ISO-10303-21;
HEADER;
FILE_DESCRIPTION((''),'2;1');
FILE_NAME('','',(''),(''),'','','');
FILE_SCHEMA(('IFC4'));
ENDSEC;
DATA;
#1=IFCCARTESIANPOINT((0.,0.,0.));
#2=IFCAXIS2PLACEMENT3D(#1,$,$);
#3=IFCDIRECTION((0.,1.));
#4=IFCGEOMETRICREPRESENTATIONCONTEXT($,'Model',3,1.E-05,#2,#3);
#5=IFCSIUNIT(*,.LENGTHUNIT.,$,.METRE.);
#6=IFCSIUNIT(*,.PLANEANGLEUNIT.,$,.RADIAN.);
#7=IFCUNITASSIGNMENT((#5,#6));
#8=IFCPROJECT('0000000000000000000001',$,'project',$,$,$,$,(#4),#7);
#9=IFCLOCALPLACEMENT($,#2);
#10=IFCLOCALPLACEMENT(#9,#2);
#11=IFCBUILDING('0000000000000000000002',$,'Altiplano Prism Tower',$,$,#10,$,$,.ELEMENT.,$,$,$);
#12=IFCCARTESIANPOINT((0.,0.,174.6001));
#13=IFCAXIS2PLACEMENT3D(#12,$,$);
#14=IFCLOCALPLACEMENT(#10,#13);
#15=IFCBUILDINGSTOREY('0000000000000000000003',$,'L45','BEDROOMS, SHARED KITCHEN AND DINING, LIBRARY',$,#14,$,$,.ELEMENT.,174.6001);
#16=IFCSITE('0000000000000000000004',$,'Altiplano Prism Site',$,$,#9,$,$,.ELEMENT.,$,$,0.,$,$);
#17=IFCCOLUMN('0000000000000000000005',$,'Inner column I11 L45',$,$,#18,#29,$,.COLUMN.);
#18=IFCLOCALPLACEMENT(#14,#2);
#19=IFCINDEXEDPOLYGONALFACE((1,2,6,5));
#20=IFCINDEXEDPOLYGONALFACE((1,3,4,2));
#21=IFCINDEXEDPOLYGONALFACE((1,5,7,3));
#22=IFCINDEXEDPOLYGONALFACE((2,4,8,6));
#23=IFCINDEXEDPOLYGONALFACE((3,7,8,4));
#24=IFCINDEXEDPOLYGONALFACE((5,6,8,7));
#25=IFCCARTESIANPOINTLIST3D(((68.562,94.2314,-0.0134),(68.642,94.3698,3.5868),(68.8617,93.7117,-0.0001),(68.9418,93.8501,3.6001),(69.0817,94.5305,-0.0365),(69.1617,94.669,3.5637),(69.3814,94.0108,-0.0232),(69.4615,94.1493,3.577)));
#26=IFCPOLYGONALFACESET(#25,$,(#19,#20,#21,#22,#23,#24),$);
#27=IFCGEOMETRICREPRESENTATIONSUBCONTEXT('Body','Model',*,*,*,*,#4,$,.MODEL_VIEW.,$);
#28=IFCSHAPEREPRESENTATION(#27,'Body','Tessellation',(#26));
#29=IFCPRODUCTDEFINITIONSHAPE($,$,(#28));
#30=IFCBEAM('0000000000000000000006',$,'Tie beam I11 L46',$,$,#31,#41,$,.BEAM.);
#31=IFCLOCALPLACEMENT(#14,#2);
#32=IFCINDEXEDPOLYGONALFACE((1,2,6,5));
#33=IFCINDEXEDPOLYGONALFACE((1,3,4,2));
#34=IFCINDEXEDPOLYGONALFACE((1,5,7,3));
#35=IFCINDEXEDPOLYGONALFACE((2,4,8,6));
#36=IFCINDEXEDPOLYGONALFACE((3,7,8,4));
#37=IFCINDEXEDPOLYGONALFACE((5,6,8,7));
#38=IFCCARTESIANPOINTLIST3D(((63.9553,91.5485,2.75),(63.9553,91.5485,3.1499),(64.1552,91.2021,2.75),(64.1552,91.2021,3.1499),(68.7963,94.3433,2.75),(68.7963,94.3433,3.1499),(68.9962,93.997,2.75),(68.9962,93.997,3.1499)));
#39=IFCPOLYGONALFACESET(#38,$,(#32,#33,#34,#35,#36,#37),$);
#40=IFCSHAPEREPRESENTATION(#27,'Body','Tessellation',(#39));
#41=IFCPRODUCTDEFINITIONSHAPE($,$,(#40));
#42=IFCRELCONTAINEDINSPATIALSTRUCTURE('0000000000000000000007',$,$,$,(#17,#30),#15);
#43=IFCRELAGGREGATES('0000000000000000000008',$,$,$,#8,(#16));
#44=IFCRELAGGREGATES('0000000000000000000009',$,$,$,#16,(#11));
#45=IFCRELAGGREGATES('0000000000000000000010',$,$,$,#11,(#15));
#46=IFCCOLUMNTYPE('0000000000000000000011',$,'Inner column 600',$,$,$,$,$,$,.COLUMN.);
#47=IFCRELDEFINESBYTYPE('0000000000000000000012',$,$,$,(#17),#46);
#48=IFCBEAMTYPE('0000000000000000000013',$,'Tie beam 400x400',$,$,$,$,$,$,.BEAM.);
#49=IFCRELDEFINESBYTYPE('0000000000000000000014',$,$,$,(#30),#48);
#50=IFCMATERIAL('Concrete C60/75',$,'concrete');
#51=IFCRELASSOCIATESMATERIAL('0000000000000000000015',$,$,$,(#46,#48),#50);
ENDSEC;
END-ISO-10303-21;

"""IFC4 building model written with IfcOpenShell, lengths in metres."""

from ifc_helpers import new_model, si_unit, direction, frame, origin, origin_2d, place, context, subcontext, project, spatial, rectangle, extrude, material, material_profile, profile_set, type_object, element, save


model = new_model("IFC4")

# Units and contexts
model_context = context("Model", 3, precision=1e-05, world=origin(), true_north=direction((0.0, 1.0)))
body_context = subcontext(model_context, "Body", "Model", "MODEL_VIEW")
ifc_project = project(units=[si_unit("LENGTHUNIT", "METRE"), si_unit("PLANEANGLEUNIT", "RADIAN")], contexts=[model_context])

# Site, building, storey
site_placement = place(None, origin())
site = spatial("IfcSite", under=ifc_project, at=site_placement, Name="Altiplano Prism Site", CompositionType="ELEMENT", RefElevation=0.0)
building_placement = place(site_placement, origin())
building = spatial("IfcBuilding", under=site, at=building_placement, Name="Altiplano Prism Tower", CompositionType="ELEMENT")
storey_placement = place(building_placement, frame((0.0, 0.0, 174.6001)))
storey = spatial("IfcBuildingStorey", under=building, at=storey_placement, Name="L45", Description="BEDROOMS, SHARED KITCHEN AND DINING, LIBRARY", CompositionType="ELEMENT", Elevation=174.6001)

# Column
ifc_material_1 = material(Name="Concrete C60/75", Category="concrete")
ifc_material_profile_1 = material_profile(ifc_material_1, rectangle(XDim=0.6001, YDim=0.6001, at=origin_2d()), Name="Inner column 600")
ifc_profile_set_1 = profile_set([ifc_material_profile_1], Name="Concrete C60/75")
column_type = type_object("IfcColumnType", Name="Inner column 600", PredefinedType="COLUMN", material=ifc_profile_set_1)
column_placement = place(storey_placement, frame((68.9717, 94.1211, -0.0183), z_axis=(0.022221, 0.038413, 0.999015), x_axis=(-0.866026, -0.49852, 0.038432)))
element("IfcColumn", 1, at=column_placement, inside=storey, type_object=column_type, Name="Inner column I11 L45", PredefinedType="COLUMN", context=body_context, shape_type="SweptSolid", body=[
    extrude(rectangle(XDim=0.6001, YDim=0.6001, at=origin_2d()), origin(), (0.0, 0.0, 1.0), 3.6038),
])

# Beam
ifc_material_profile_2 = material_profile(ifc_material_1, rectangle(XDim=0.3999, YDim=0.3999, at=origin_2d()), Name="Tie beam 400x400")
ifc_profile_set_2 = profile_set([ifc_material_profile_2], Name="Concrete C60/75")
beam_type = type_object("IfcBeamType", Name="Tie beam 400x400", PredefinedType="BEAM", material=ifc_profile_set_2)
beam_placement = place(storey_placement, frame((68.8962, 94.1702, 2.95), z_axis=(-0.866031, -0.499991, 0.0), x_axis=(0.499991, -0.866031, 0.0)))
element("IfcBeam", 2, at=beam_placement, inside=storey, type_object=beam_type, Name="Tie beam I11 L46", PredefinedType="BEAM", context=body_context, shape_type="SweptSolid", body=[
    extrude(rectangle(XDim=0.3999, YDim=0.3999, at=origin_2d()), origin(), (0.0, 0.0, 1.0), 5.5898),
])

save(model, "model.ifc")
